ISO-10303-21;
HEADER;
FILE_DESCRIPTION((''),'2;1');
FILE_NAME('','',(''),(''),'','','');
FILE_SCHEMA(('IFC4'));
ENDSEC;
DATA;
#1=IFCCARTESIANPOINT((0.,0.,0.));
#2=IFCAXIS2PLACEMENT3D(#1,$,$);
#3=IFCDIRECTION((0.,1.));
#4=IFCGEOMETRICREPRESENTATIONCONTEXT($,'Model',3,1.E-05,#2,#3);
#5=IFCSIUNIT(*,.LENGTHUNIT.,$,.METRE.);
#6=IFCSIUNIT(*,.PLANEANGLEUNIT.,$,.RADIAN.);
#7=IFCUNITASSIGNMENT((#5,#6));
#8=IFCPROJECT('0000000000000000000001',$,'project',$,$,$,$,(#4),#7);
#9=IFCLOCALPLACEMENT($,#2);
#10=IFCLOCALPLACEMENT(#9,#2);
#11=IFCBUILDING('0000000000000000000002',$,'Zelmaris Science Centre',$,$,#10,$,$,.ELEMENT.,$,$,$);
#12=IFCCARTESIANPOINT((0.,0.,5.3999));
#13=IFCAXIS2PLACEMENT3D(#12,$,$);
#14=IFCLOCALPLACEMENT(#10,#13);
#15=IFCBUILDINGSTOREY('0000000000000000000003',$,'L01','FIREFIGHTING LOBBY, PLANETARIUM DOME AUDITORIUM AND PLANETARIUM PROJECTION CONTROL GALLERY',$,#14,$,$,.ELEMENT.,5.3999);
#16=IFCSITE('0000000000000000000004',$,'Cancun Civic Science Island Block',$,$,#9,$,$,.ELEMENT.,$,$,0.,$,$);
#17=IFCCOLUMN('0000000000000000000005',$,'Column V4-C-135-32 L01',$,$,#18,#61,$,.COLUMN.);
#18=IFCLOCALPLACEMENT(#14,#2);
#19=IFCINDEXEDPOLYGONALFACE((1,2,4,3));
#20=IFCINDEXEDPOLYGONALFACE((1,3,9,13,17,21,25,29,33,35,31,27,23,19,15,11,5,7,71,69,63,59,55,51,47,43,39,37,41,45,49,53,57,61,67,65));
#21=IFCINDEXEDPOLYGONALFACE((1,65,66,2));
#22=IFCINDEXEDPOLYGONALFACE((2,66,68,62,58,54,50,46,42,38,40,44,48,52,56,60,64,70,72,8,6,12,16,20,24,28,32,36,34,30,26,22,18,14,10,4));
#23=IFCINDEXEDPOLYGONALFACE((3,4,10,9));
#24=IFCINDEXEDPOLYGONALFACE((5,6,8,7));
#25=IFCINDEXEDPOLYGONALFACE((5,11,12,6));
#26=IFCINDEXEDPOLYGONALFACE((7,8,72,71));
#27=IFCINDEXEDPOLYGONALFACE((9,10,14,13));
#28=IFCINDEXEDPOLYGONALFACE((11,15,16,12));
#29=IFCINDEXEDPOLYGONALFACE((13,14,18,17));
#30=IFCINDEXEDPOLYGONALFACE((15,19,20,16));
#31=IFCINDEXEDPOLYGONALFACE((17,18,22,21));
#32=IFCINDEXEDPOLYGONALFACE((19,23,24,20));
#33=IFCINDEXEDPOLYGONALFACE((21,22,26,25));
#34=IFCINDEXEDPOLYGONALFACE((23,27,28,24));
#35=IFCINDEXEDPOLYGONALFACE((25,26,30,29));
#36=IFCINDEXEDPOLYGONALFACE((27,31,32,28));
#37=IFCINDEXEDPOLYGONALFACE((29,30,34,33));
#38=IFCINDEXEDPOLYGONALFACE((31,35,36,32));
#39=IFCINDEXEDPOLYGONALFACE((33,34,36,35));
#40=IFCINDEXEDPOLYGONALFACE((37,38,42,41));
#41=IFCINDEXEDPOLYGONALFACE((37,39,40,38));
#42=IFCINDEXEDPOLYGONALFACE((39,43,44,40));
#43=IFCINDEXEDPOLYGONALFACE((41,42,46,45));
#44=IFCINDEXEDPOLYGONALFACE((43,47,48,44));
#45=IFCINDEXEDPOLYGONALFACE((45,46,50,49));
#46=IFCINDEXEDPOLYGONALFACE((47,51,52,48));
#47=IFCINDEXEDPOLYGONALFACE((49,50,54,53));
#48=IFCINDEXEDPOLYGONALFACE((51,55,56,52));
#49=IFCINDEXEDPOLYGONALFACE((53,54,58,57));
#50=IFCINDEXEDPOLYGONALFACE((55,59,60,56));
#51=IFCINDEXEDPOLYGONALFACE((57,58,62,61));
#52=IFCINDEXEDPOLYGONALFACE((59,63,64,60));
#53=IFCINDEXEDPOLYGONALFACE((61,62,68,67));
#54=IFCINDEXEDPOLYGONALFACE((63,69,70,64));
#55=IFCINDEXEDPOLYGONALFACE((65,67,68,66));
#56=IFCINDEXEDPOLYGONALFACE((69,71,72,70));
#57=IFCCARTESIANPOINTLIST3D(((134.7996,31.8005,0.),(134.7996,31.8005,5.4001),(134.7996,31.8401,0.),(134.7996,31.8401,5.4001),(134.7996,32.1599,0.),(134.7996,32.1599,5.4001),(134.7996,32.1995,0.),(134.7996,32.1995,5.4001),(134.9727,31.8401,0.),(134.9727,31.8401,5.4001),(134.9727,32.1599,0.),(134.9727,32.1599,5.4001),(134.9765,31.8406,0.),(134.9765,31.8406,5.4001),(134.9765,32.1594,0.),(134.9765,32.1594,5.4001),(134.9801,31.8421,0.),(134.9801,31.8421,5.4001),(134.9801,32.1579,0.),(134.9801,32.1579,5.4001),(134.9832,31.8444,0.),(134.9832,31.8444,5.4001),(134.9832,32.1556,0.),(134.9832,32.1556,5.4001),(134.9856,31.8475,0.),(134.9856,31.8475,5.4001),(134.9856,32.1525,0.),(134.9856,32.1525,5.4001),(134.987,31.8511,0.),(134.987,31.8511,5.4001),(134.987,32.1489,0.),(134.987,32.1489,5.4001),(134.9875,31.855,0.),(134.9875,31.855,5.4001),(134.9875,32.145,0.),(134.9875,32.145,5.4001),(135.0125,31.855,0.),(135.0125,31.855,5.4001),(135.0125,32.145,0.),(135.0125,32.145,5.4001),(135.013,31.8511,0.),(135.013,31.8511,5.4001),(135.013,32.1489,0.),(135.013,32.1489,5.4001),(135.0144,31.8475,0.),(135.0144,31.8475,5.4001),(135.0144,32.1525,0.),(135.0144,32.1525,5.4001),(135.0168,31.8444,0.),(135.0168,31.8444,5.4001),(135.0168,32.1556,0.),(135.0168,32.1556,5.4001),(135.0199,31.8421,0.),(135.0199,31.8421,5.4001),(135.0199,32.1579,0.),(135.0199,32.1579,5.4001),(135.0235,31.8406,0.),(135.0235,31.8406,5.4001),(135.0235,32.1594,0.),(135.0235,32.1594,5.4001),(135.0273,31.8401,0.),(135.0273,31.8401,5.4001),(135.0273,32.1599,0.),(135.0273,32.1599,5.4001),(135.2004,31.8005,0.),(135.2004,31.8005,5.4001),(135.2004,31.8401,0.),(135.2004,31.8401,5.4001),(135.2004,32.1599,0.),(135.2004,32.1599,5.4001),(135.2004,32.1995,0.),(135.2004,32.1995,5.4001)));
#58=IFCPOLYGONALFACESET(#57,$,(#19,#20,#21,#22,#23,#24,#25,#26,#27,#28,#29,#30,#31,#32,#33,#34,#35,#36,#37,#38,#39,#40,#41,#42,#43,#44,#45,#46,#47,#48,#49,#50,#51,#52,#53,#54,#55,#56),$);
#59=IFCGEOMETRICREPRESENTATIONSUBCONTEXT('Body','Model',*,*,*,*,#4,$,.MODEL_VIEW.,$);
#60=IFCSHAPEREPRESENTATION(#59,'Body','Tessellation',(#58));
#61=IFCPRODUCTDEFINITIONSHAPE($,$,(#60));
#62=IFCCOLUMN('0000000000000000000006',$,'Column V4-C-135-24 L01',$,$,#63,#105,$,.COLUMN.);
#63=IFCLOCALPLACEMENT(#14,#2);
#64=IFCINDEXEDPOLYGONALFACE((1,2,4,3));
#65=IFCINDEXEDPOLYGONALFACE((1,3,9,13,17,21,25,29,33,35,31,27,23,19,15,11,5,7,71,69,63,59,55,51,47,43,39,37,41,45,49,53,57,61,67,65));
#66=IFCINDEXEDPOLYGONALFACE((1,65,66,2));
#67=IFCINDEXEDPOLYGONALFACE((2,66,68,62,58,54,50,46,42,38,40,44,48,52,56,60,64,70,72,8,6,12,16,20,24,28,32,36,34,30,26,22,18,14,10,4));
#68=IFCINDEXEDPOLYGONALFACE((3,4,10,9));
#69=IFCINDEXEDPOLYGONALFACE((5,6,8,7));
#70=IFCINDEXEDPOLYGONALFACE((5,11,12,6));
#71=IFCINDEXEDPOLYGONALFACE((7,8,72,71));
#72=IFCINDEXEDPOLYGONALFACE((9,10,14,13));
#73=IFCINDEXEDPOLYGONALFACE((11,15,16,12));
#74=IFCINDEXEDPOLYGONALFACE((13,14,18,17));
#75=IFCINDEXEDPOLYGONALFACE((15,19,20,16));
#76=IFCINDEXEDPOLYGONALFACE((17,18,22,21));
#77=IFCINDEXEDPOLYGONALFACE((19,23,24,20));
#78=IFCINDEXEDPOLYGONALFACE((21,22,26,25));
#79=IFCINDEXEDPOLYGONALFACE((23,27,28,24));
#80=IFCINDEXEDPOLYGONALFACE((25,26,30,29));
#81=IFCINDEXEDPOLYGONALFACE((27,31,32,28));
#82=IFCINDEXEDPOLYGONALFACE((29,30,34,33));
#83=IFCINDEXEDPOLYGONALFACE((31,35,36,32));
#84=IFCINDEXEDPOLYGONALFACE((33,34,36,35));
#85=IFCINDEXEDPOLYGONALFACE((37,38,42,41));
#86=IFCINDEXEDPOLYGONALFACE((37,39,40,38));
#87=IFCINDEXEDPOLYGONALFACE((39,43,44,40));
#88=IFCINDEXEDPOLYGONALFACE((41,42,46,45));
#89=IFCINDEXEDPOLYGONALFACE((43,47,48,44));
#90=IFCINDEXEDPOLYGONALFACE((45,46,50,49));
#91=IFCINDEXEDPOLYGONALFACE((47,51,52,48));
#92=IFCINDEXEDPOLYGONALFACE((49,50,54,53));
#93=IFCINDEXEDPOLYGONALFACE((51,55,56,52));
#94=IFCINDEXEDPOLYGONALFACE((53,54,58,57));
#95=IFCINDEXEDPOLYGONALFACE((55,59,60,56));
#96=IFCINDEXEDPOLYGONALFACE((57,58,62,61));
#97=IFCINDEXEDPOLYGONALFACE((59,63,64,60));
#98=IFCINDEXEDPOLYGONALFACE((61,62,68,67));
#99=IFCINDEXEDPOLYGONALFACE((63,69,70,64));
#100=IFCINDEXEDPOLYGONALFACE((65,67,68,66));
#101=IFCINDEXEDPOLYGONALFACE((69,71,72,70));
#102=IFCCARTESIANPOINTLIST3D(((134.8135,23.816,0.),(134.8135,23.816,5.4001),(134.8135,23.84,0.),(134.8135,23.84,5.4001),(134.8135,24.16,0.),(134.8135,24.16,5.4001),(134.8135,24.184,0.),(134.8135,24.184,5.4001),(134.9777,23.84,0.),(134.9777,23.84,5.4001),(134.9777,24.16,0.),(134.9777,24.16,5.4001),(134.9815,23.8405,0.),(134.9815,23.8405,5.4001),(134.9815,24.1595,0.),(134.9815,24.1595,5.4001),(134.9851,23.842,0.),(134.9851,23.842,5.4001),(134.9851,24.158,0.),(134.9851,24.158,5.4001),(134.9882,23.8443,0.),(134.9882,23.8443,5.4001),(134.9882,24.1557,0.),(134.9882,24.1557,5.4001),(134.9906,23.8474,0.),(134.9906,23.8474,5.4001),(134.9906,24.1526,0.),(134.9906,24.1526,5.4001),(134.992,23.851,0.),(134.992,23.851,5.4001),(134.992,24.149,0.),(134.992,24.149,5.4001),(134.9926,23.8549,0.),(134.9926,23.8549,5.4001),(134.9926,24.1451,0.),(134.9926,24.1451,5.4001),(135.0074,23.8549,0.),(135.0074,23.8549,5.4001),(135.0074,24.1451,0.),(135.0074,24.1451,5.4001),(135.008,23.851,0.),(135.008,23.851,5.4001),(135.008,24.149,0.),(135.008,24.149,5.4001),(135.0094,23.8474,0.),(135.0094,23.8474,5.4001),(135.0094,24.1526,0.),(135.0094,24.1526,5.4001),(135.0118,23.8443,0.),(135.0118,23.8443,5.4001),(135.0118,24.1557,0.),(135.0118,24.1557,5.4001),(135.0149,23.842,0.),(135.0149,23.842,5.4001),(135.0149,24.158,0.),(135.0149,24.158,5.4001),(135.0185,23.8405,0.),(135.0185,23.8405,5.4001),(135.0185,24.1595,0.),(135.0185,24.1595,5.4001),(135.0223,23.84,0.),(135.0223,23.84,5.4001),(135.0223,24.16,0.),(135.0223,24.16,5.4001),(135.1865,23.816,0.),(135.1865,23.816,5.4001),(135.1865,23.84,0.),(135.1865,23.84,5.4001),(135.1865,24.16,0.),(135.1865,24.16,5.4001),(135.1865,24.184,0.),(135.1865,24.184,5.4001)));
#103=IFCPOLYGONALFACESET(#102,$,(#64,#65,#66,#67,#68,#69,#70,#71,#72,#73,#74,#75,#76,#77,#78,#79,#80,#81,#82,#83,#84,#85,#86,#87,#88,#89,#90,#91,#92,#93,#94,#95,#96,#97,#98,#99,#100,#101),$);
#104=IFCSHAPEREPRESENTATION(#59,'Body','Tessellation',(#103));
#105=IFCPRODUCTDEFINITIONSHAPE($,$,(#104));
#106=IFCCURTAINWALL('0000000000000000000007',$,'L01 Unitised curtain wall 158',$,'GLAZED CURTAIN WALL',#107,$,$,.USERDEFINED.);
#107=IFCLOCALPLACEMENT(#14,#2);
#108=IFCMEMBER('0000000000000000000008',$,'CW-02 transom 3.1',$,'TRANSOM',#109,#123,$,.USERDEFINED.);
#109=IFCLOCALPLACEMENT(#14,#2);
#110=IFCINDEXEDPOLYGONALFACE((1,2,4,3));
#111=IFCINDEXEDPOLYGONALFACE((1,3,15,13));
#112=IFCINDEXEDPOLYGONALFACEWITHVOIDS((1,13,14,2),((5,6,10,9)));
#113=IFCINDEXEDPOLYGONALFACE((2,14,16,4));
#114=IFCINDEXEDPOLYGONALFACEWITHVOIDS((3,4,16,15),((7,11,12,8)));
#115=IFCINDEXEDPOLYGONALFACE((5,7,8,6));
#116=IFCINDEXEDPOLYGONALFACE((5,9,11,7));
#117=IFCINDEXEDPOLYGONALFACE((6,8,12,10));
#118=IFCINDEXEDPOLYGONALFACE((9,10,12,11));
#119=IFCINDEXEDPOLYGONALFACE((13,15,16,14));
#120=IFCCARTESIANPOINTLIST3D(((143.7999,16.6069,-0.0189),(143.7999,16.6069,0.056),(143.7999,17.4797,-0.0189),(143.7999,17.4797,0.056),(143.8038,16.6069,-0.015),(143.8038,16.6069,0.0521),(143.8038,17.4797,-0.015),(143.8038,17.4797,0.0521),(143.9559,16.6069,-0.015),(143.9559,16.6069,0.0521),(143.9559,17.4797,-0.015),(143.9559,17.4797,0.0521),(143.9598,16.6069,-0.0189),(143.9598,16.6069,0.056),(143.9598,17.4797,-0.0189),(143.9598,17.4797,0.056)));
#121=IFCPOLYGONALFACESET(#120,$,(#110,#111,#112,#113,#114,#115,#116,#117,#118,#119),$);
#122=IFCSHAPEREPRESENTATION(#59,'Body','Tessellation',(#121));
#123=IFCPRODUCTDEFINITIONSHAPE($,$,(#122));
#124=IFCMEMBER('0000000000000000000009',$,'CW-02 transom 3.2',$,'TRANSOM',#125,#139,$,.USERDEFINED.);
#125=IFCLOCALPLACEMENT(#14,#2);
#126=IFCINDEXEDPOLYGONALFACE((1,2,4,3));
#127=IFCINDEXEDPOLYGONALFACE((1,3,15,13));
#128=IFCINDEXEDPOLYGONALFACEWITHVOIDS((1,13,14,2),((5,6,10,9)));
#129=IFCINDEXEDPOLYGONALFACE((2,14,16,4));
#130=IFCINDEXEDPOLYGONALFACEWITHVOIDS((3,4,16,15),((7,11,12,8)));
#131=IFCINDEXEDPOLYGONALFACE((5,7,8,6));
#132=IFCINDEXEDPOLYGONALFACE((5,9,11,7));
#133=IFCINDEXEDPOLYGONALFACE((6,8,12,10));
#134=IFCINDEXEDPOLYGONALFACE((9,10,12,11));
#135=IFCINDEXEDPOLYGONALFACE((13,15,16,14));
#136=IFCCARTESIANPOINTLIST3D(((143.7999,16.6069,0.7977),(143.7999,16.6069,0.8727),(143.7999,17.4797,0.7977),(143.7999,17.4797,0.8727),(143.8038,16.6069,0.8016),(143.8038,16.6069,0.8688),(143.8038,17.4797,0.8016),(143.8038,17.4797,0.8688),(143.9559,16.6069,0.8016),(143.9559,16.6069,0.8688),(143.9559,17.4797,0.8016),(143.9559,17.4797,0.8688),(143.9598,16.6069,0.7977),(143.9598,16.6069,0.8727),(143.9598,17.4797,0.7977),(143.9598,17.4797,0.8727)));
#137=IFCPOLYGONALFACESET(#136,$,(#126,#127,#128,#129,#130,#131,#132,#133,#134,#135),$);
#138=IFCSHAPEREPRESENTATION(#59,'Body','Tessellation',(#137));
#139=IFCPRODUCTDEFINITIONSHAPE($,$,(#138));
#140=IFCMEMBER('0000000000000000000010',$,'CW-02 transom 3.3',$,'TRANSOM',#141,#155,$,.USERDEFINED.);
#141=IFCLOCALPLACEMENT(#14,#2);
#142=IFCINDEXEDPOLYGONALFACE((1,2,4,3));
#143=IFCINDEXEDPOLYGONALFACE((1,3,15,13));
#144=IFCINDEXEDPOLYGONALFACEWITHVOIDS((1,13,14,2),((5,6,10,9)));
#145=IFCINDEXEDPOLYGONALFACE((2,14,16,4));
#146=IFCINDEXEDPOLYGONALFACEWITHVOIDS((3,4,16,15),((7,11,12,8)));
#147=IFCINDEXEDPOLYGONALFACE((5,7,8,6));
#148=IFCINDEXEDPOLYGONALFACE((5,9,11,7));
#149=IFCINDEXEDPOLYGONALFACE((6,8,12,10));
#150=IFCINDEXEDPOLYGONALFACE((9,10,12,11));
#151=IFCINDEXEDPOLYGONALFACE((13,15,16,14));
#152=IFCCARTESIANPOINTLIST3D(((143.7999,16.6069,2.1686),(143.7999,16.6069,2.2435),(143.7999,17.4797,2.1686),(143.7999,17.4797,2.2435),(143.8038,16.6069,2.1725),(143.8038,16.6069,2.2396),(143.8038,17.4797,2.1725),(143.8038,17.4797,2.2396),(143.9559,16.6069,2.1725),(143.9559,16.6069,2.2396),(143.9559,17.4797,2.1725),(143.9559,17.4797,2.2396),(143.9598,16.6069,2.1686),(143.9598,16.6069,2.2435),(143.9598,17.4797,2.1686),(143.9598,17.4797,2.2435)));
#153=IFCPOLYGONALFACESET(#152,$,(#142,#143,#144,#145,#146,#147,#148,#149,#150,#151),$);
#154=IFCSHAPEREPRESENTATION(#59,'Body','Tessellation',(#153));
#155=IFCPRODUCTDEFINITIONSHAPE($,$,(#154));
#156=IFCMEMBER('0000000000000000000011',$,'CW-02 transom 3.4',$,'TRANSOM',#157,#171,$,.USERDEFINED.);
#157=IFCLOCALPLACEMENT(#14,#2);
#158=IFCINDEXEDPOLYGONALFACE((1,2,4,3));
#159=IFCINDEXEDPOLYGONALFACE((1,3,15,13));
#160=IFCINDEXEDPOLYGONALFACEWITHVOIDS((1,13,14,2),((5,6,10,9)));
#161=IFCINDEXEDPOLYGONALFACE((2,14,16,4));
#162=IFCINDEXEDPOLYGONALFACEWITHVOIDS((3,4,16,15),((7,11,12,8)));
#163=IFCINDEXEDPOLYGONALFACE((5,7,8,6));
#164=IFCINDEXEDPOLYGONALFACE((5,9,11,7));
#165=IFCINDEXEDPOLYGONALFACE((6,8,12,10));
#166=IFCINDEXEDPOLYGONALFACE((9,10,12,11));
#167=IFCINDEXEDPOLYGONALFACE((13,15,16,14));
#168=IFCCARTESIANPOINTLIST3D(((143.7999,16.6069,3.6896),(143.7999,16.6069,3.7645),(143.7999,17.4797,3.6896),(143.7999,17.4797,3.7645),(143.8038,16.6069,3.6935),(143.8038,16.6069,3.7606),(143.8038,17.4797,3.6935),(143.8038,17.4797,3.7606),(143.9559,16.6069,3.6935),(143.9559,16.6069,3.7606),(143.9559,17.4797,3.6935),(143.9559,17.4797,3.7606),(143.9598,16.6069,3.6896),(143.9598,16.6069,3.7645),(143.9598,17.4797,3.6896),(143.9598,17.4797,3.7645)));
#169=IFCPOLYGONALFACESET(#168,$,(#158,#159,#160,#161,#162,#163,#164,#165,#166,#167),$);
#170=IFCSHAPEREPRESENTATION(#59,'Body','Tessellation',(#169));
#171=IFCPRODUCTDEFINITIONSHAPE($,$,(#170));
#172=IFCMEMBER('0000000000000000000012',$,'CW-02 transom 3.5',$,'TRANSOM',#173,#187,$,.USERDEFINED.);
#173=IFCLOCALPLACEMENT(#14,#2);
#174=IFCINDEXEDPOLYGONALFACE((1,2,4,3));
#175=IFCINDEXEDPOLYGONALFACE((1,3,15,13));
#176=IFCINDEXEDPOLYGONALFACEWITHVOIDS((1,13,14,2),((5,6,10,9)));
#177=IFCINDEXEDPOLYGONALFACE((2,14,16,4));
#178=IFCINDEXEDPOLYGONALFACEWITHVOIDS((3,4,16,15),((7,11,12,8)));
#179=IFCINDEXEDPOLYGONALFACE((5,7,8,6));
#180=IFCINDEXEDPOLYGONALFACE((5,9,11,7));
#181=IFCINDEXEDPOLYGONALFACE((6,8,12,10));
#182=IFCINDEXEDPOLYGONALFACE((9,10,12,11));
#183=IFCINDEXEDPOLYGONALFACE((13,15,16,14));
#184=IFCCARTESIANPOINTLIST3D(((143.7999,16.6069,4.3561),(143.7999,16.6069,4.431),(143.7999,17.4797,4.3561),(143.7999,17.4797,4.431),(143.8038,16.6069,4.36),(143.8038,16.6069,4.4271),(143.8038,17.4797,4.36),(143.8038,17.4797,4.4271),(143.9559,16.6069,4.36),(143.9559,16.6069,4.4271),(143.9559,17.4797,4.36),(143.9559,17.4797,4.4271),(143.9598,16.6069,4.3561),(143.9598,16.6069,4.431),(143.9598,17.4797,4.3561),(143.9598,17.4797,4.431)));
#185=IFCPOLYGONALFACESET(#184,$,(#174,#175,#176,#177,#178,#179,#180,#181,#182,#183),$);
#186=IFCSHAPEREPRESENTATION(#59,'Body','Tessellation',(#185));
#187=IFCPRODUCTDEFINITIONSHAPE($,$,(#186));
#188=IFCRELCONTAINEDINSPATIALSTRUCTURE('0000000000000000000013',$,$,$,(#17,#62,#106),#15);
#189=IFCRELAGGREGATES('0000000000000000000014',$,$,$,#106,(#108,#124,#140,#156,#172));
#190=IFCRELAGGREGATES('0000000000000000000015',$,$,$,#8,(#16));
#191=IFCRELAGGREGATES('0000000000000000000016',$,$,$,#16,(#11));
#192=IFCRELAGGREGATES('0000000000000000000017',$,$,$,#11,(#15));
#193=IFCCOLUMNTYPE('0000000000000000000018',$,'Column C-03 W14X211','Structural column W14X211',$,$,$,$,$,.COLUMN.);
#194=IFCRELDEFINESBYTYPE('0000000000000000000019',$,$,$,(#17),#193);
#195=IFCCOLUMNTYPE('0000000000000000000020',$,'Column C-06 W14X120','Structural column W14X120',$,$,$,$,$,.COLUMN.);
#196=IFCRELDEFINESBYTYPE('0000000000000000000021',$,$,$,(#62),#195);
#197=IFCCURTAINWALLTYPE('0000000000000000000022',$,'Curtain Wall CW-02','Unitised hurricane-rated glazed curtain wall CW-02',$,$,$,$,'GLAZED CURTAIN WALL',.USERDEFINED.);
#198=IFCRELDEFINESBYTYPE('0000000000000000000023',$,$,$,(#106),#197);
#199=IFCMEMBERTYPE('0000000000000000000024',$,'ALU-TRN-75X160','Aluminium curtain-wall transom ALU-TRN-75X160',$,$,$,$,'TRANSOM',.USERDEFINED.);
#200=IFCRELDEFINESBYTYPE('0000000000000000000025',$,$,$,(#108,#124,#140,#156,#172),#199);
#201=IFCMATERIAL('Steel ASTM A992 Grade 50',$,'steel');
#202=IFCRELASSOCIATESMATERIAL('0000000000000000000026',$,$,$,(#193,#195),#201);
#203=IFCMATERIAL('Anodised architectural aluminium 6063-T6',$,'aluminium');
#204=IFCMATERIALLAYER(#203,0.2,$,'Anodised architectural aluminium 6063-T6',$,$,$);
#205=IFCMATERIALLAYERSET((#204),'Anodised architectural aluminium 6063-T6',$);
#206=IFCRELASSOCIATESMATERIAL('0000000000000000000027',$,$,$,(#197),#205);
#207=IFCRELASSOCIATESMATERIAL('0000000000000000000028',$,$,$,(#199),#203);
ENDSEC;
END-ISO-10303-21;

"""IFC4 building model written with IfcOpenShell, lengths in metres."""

from ifc_helpers import new_model, si_unit, direction, frame, origin, origin_2d, place, context, subcontext, project, spatial, hollow_rectangle, i_section, extrude, material, layer, layer_set, material_profile, profile_set, type_object, element, aggregate, save


model = new_model("IFC4")

# Units and contexts
model_context = context("Model", 3, precision=1e-05, world=origin(), true_north=direction((0.0, 1.0)))
body_context = subcontext(model_context, "Body", "Model", "MODEL_VIEW")
ifc_project = project(units=[si_unit("LENGTHUNIT", "METRE"), si_unit("PLANEANGLEUNIT", "RADIAN")], contexts=[model_context])

# Site, building, storey
site_placement = place(None, origin())
site = spatial("IfcSite", under=ifc_project, at=site_placement, Name="Cancun Civic Science Island Block", CompositionType="ELEMENT", RefElevation=0.0)
building_placement = place(site_placement, origin())
building = spatial("IfcBuilding", under=site, at=building_placement, Name="Zelmaris Science Centre", CompositionType="ELEMENT")
storey_placement = place(building_placement, frame((0.0, 0.0, 5.3999)))
storey = spatial("IfcBuildingStorey", under=building, at=storey_placement, Name="L01", Description="FIREFIGHTING LOBBY, PLANETARIUM DOME AUDITORIUM AND PLANETARIUM PROJECTION CONTROL GALLERY", CompositionType="ELEMENT", Elevation=5.3999)

# Columns
ifc_material_1 = material(Name="Steel ASTM A992 Grade 50", Category="steel")
ifc_material_profile_1 = material_profile(ifc_material_1, i_section(OverallWidth=0.4009, OverallDepth=0.3989, WebThickness=0.0249, FlangeThickness=0.0396, FilletRadius=0.0149, at=origin_2d()), Name="W14X211")
ifc_profile_set_1 = profile_set([ifc_material_profile_1], Name="Steel ASTM A992 Grade 50")
column_type_1 = type_object("IfcColumnType", Name="Column C-03 W14X211", Description="Structural column W14X211", PredefinedType="COLUMN", material=ifc_profile_set_1)
column_1_placement = place(storey_placement, frame((135.0, 32.0, 0.0), z_axis=(0.0, 0.0, 1.0), x_axis=(1.0, 0.0, 0.0)))
element("IfcColumn", 1, at=column_1_placement, inside=storey, type_object=column_type_1, Name="Column V4-C-135-32 L01", PredefinedType="COLUMN", context=body_context, shape_type="SweptSolid", body=[
    extrude(i_section(OverallWidth=0.4009, OverallDepth=0.3989, WebThickness=0.0249, FlangeThickness=0.0396, FilletRadius=0.0149, at=origin_2d()), origin(), (0.0, 0.0, 1.0), 5.4001),
])
ifc_material_profile_2 = material_profile(ifc_material_1, i_section(OverallWidth=0.373, OverallDepth=0.3679, WebThickness=0.0149, FlangeThickness=0.0239, FilletRadius=0.0149, at=origin_2d()), Name="W14X120")
ifc_profile_set_2 = profile_set([ifc_material_profile_2], Name="Steel ASTM A992 Grade 50")
column_type_2 = type_object("IfcColumnType", Name="Column C-06 W14X120", Description="Structural column W14X120", PredefinedType="COLUMN", material=ifc_profile_set_2)
column_2_placement = place(storey_placement, frame((135.0, 24.0, 0.0), z_axis=(0.0, 0.0, 1.0), x_axis=(1.0, 0.0, 0.0)))
element("IfcColumn", 2, at=column_2_placement, inside=storey, type_object=column_type_2, Name="Column V4-C-135-24 L01", PredefinedType="COLUMN", context=body_context, shape_type="SweptSolid", body=[
    extrude(i_section(OverallWidth=0.373, OverallDepth=0.3679, WebThickness=0.0149, FlangeThickness=0.0239, FilletRadius=0.0149, at=origin_2d()), origin(), (0.0, 0.0, 1.0), 5.4001),
])

# Curtain wall, members
ifc_material_2 = material(Name="Anodised architectural aluminium 6063-T6", Category="aluminium")
ifc_layer_1 = layer(ifc_material_2, 0.2, Name="Anodised architectural aluminium 6063-T6")
ifc_layer_set_1 = layer_set([ifc_layer_1], Name="Anodised architectural aluminium 6063-T6")
curtain_wall_type = type_object("IfcCurtainWallType", Name="Curtain Wall CW-02", Description="Unitised hurricane-rated glazed curtain wall CW-02", ElementType="GLAZED CURTAIN WALL", PredefinedType="USERDEFINED", material=ifc_layer_set_1)
curtain_wall_placement = place(storey_placement, origin())
curtain_wall = element("IfcCurtainWall", 3, at=curtain_wall_placement, inside=storey, type_object=curtain_wall_type, Name="L01 Unitised curtain wall 158", ObjectType="GLAZED CURTAIN WALL", PredefinedType="USERDEFINED")
ifc_material_profile_3 = material_profile(ifc_material_2, hollow_rectangle(XDim=0.075, YDim=0.1599, WallThickness=0.0039, at=origin_2d()), Name="ALU-TRN-75X160")
ifc_profile_set_3 = profile_set([ifc_material_profile_3], Name="Anodised architectural aluminium 6063-T6")
member_type = type_object("IfcMemberType", Name="ALU-TRN-75X160", Description="Aluminium curtain-wall transom ALU-TRN-75X160", ElementType="TRANSOM", PredefinedType="USERDEFINED", material=ifc_profile_set_3)
member_1_placement = place(storey_placement, frame((143.8799, 17.4797, 0.0186), z_axis=(0.0, -1.0, 0.0), x_axis=(0.0, 0.0, 1.0)))
member_1 = element("IfcMember", 4, at=member_1_placement, type_object=member_type, Name="CW-02 transom 3.1", ObjectType="TRANSOM", PredefinedType="USERDEFINED", context=body_context, shape_type="SweptSolid", body=[
    extrude(hollow_rectangle(XDim=0.075, YDim=0.1599, WallThickness=0.0039, at=origin_2d()), origin(), (0.0, 0.0, 1.0), 0.8728),
])
member_2_placement = place(storey_placement, frame((143.8799, 17.4797, 0.8352), z_axis=(0.0, -1.0, 0.0), x_axis=(0.0, 0.0, 1.0)))
member_2 = element("IfcMember", 5, at=member_2_placement, type_object=member_type, Name="CW-02 transom 3.2", ObjectType="TRANSOM", PredefinedType="USERDEFINED", context=body_context, shape_type="SweptSolid", body=[
    extrude(hollow_rectangle(XDim=0.075, YDim=0.1599, WallThickness=0.0039, at=origin_2d()), origin(), (0.0, 0.0, 1.0), 0.8728),
])
member_3_placement = place(storey_placement, frame((143.8799, 17.4797, 2.2061), z_axis=(0.0, -1.0, 0.0), x_axis=(0.0, 0.0, 1.0)))
member_3 = element("IfcMember", 6, at=member_3_placement, type_object=member_type, Name="CW-02 transom 3.3", ObjectType="TRANSOM", PredefinedType="USERDEFINED", context=body_context, shape_type="SweptSolid", body=[
    extrude(hollow_rectangle(XDim=0.075, YDim=0.1599, WallThickness=0.0039, at=origin_2d()), origin(), (0.0, 0.0, 1.0), 0.8728),
])
member_4_placement = place(storey_placement, frame((143.8799, 17.4797, 3.7271), z_axis=(0.0, -1.0, 0.0), x_axis=(0.0, 0.0, 1.0)))
member_4 = element("IfcMember", 7, at=member_4_placement, type_object=member_type, Name="CW-02 transom 3.4", ObjectType="TRANSOM", PredefinedType="USERDEFINED", context=body_context, shape_type="SweptSolid", body=[
    extrude(hollow_rectangle(XDim=0.075, YDim=0.1599, WallThickness=0.0039, at=origin_2d()), origin(), (0.0, 0.0, 1.0), 0.8728),
])
member_5_placement = place(storey_placement, frame((143.8799, 17.4797, 4.3936), z_axis=(0.0, -1.0, 0.0), x_axis=(0.0, 0.0, 1.0)))
member_5 = element("IfcMember", 8, at=member_5_placement, type_object=member_type, Name="CW-02 transom 3.5", ObjectType="TRANSOM", PredefinedType="USERDEFINED", context=body_context, shape_type="SweptSolid", body=[
    extrude(hollow_rectangle(XDim=0.075, YDim=0.1599, WallThickness=0.0039, at=origin_2d()), origin(), (0.0, 0.0, 1.0), 0.8728),
])
aggregate(curtain_wall, [member_1, member_2, member_3, member_4, member_5])

save(model, "model.ifc")
